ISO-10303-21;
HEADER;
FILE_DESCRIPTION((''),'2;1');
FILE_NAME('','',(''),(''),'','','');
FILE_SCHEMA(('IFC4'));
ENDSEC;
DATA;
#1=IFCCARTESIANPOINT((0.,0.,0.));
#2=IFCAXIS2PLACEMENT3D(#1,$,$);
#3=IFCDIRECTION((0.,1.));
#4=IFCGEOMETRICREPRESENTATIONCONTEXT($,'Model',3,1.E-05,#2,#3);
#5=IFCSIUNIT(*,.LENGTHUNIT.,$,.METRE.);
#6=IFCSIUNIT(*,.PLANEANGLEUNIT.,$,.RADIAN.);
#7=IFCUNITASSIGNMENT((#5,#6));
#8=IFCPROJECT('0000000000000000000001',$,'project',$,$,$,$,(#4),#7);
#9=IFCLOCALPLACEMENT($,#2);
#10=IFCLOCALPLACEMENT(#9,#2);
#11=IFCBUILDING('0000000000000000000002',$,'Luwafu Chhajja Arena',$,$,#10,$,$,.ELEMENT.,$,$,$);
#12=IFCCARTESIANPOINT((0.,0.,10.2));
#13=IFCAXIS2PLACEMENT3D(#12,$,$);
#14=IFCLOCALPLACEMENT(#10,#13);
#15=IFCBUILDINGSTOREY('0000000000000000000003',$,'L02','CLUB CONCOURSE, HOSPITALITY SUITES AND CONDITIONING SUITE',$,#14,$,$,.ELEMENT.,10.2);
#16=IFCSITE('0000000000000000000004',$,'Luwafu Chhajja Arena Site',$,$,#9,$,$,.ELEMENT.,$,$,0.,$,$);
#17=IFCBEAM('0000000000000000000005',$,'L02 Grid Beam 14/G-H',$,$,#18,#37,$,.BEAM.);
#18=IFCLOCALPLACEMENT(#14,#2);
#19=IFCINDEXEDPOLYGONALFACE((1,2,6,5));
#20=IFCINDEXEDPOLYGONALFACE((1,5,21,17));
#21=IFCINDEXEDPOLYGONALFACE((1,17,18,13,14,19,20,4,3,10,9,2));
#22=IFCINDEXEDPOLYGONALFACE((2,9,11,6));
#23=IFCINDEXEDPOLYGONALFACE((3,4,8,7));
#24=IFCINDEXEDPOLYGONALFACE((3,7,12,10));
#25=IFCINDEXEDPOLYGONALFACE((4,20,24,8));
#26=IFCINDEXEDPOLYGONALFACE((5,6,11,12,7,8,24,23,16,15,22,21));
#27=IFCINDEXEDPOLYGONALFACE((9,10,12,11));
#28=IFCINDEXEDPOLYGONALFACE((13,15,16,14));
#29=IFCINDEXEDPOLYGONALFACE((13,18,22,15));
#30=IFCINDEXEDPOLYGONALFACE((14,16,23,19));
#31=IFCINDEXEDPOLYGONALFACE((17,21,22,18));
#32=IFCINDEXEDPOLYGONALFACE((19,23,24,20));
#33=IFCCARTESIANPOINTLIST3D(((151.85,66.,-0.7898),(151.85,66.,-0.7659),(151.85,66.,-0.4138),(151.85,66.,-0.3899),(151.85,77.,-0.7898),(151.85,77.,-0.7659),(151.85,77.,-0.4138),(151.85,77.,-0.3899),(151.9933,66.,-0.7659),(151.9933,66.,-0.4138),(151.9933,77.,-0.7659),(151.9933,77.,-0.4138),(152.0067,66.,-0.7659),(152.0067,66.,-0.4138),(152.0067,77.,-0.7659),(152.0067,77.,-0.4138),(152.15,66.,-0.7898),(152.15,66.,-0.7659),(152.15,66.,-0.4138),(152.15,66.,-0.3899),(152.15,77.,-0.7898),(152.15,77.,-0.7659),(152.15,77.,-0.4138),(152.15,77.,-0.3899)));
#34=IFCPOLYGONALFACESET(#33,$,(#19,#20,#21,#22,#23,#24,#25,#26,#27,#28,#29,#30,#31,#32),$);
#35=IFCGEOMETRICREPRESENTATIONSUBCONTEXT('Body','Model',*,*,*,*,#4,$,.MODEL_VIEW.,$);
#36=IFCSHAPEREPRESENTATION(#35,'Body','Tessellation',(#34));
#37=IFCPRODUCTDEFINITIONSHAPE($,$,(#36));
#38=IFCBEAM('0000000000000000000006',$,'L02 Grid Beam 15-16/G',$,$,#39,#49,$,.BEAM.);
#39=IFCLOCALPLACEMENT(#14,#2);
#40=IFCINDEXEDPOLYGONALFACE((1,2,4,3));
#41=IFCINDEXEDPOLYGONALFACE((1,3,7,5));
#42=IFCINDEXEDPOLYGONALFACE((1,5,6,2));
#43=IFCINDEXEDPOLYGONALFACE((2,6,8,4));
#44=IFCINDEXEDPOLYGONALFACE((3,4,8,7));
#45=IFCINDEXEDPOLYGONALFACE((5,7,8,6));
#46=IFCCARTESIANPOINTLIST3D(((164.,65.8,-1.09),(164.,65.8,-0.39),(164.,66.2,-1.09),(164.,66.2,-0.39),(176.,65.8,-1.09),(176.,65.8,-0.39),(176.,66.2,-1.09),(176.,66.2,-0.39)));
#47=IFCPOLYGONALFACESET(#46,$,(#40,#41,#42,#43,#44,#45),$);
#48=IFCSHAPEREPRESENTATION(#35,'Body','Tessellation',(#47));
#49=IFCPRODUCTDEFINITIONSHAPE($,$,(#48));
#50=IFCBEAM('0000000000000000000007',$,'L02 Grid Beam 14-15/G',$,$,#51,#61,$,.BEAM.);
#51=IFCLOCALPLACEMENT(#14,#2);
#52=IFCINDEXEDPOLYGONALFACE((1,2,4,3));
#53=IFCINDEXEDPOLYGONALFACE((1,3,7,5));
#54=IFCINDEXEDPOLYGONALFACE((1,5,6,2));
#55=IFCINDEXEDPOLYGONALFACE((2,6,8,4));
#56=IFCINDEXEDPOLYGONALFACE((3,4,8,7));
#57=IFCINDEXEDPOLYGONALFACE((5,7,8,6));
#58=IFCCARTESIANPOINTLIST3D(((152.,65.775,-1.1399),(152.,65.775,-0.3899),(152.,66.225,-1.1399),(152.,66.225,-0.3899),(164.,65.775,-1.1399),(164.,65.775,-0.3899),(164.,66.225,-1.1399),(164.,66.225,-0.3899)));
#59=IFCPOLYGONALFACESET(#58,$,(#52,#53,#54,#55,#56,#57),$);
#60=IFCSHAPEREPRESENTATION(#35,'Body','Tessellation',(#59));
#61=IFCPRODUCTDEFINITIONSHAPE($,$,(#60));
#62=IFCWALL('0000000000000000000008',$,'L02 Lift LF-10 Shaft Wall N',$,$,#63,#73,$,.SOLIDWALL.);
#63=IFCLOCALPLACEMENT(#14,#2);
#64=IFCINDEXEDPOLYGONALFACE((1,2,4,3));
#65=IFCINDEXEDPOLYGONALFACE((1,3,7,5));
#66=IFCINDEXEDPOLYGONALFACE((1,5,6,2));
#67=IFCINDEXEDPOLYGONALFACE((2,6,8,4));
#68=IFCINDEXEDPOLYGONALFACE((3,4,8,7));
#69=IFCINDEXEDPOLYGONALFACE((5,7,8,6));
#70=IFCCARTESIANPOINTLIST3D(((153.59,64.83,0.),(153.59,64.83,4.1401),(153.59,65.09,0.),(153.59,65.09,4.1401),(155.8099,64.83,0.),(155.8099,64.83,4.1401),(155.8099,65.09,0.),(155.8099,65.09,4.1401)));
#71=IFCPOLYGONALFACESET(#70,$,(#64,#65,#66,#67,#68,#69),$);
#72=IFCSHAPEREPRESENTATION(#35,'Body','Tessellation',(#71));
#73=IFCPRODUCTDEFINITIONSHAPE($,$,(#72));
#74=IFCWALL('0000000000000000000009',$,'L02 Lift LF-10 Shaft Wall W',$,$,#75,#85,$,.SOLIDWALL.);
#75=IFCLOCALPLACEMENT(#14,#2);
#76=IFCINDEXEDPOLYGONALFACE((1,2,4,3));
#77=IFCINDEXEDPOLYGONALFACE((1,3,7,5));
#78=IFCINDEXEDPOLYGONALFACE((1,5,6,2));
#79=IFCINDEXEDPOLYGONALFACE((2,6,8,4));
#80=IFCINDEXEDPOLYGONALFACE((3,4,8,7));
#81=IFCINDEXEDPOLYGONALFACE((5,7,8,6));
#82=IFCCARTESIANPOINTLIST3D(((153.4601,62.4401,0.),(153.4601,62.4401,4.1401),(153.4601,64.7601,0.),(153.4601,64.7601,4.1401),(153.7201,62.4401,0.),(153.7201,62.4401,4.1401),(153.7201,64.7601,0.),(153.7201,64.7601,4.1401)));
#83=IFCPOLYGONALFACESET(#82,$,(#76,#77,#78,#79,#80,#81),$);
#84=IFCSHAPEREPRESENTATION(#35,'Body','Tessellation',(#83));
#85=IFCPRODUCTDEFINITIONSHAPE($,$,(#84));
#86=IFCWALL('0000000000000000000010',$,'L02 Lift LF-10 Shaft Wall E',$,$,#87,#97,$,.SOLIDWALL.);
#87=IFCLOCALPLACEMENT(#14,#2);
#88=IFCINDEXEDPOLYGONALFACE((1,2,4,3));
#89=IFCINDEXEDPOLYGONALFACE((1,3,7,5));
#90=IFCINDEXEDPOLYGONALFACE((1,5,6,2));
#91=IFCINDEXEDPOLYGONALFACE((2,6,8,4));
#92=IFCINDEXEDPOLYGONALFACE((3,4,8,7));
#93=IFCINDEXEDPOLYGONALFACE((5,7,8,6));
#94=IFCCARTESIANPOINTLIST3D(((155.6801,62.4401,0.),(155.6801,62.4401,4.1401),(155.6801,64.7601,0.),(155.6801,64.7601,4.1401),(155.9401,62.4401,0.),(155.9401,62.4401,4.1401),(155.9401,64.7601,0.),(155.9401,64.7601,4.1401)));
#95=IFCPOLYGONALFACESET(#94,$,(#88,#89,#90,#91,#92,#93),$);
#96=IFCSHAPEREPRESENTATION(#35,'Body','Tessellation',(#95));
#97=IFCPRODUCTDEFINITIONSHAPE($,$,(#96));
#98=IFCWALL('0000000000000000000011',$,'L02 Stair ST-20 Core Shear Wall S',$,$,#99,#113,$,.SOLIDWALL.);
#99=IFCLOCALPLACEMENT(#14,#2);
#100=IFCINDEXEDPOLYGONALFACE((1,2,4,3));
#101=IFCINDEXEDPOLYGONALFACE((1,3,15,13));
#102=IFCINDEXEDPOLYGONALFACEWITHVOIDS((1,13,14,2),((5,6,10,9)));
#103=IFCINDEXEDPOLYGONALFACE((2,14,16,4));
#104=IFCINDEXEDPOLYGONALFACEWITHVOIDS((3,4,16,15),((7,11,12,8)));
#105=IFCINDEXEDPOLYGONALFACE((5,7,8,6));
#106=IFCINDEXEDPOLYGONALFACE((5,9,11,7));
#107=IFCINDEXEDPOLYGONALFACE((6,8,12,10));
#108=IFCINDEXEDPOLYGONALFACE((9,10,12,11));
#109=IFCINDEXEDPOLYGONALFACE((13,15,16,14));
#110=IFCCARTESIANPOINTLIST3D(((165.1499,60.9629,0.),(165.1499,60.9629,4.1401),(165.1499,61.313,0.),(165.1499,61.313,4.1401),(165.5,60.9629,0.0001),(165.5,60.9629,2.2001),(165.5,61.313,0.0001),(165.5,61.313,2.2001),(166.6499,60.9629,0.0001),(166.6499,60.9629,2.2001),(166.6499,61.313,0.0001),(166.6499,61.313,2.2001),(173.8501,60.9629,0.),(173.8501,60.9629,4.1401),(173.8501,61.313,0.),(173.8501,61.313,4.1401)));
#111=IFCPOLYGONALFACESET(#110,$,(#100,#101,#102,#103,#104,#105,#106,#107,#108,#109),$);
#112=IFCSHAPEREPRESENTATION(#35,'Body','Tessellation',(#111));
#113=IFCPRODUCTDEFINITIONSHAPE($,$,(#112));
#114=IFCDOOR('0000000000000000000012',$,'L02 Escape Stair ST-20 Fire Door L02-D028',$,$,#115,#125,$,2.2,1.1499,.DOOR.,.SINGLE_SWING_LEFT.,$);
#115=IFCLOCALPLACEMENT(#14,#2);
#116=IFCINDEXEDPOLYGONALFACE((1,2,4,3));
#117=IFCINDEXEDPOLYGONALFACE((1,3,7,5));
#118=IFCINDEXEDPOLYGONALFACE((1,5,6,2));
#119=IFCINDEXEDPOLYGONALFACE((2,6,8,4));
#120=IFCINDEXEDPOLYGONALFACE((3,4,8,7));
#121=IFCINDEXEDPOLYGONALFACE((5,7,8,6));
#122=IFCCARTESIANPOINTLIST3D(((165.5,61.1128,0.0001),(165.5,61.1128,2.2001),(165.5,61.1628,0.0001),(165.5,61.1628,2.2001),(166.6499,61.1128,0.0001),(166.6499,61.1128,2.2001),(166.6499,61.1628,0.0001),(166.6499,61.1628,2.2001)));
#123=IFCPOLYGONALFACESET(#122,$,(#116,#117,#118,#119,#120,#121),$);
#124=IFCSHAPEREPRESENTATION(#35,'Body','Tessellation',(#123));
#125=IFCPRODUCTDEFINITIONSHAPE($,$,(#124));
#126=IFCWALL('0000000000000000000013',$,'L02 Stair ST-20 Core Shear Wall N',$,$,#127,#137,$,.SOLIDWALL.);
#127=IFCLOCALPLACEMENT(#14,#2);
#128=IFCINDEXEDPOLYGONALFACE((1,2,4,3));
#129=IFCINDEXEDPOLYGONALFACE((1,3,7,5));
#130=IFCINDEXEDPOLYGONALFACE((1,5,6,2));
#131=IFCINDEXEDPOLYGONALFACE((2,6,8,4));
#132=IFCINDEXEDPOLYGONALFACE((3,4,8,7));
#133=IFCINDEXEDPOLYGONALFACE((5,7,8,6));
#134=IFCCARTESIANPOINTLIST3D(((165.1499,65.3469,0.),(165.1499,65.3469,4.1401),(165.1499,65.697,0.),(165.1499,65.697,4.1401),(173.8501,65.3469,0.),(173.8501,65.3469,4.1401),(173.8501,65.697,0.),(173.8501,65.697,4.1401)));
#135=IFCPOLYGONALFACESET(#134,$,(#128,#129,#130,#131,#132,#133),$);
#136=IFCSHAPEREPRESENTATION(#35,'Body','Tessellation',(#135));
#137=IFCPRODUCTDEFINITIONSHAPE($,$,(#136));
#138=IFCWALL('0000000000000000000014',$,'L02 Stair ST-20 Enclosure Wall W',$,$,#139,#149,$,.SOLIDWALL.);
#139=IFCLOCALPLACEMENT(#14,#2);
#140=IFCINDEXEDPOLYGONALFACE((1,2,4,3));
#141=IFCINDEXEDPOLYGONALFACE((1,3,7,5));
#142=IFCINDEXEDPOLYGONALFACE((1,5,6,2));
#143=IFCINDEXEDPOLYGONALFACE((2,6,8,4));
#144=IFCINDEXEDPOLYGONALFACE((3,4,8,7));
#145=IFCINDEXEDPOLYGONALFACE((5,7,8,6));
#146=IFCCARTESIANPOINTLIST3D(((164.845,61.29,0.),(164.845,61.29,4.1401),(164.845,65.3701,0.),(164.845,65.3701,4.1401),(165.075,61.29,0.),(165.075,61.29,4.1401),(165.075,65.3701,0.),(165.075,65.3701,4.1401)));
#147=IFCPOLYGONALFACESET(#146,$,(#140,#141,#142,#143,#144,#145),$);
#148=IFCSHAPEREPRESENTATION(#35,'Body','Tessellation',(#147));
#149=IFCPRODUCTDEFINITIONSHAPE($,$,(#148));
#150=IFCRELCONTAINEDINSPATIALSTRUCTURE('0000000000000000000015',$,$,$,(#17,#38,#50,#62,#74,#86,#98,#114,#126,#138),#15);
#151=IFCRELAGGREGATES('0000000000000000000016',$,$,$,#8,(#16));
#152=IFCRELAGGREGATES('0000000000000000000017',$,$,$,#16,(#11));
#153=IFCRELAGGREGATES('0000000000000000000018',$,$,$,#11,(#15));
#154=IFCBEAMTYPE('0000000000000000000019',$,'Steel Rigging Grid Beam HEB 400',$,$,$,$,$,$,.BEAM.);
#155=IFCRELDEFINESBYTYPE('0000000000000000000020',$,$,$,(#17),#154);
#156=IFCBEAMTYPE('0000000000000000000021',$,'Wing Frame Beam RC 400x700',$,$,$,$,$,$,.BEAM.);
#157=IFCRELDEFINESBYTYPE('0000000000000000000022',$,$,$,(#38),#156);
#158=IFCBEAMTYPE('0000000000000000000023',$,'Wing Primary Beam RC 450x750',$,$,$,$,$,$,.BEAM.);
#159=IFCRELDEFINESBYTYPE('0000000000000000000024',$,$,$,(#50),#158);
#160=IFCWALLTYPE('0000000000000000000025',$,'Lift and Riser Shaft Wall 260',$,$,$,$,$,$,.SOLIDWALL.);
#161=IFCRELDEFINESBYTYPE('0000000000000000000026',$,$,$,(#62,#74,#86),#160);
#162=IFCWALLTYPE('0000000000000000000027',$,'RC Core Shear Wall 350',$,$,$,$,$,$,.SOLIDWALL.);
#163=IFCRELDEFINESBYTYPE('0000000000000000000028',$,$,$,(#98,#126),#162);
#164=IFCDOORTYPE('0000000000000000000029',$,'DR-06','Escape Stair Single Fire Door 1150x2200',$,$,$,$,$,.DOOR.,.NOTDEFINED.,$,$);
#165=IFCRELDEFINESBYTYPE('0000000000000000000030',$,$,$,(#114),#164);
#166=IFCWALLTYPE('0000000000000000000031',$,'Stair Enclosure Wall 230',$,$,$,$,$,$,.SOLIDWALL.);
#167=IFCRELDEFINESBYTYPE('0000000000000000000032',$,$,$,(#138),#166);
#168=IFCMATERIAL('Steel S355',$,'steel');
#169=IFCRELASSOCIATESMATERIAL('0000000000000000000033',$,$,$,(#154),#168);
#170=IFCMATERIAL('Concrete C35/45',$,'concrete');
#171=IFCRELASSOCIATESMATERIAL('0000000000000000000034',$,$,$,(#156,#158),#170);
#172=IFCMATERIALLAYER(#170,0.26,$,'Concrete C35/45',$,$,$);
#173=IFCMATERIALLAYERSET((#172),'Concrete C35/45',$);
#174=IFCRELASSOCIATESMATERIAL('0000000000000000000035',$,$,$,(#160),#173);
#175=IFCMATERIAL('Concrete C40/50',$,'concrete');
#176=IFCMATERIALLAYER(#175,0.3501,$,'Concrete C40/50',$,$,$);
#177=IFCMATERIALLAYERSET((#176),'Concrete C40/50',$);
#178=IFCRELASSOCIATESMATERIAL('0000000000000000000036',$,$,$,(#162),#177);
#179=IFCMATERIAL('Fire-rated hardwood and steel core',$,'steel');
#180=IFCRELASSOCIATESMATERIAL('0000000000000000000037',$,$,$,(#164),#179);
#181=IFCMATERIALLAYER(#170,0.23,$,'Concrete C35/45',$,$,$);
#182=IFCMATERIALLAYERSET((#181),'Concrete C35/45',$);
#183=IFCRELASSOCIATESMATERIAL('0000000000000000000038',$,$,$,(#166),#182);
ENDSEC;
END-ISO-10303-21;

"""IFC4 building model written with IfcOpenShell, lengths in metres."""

from ifc_helpers import new_model, si_unit, direction, frame, frame_2d, origin, origin_2d, place, context, subcontext, project, spatial, rectangle, i_section, extrude, material, layer, layer_set, material_profile, profile_set, type_object, element, fill, save


model = new_model("IFC4")

# Units and contexts
model_context = context("Model", 3, precision=1e-05, world=origin(), true_north=direction((0.0, 1.0)))
body_context = subcontext(model_context, "Body", "Model", "MODEL_VIEW")
ifc_project = project(units=[si_unit("LENGTHUNIT", "METRE"), si_unit("PLANEANGLEUNIT", "RADIAN")], contexts=[model_context])

# Site, building, storey
site_placement = place(None, origin())
site = spatial("IfcSite", under=ifc_project, at=site_placement, Name="Luwafu Chhajja Arena Site", CompositionType="ELEMENT", RefElevation=0.0)
building_placement = place(site_placement, origin())
building = spatial("IfcBuilding", under=site, at=building_placement, Name="Luwafu Chhajja Arena", CompositionType="ELEMENT")
storey_placement = place(building_placement, frame((0.0, 0.0, 10.2)))
storey = spatial("IfcBuildingStorey", under=building, at=storey_placement, Name="L02", Description="CLUB CONCOURSE, HOSPITALITY SUITES AND CONDITIONING SUITE", CompositionType="ELEMENT", Elevation=10.2)

# Shared definitions
ifc_material_1 = material(Name="Concrete C35/45", Category="concrete")

# Beams
ifc_material_2 = material(Name="Steel S355", Category="steel")
ifc_material_profile_1 = material_profile(ifc_material_2, i_section(OverallWidth=0.3, OverallDepth=0.3999, WebThickness=0.0134, FlangeThickness=0.0239, at=origin_2d()), Name="HEB 400")
ifc_profile_set_1 = profile_set([ifc_material_profile_1], Name="Steel S355")
beam_type_1 = type_object("IfcBeamType", Name="Steel Rigging Grid Beam HEB 400", PredefinedType="BEAM", material=ifc_profile_set_1)
beam_1_placement = place(storey_placement, frame((152.0, 66.0, -0.5898), z_axis=(0.0, 1.0, 0.0), x_axis=(-1.0, 0.0, 0.0)))
element("IfcBeam", 1, at=beam_1_placement, inside=storey, type_object=beam_type_1, Name="L02 Grid Beam 14/G-H", PredefinedType="BEAM", context=body_context, shape_type="SweptSolid", body=[
    extrude(i_section(OverallWidth=0.3, OverallDepth=0.3999, WebThickness=0.0134, FlangeThickness=0.0239, at=origin_2d()), origin(), (0.0, 0.0, 1.0), 11.0),
])
ifc_material_profile_2 = material_profile(ifc_material_1, rectangle(XDim=0.3999, YDim=0.7, at=origin_2d()), Name="RC 400x700")
ifc_profile_set_2 = profile_set([ifc_material_profile_2], Name="Concrete C35/45")
beam_type_2 = type_object("IfcBeamType", Name="Wing Frame Beam RC 400x700", PredefinedType="BEAM", material=ifc_profile_set_2)
beam_2_placement = place(storey_placement, frame((164.0, 66.0, -0.74), z_axis=(1.0, 0.0, 0.0), x_axis=(0.0, 1.0, 0.0)))
element("IfcBeam", 2, at=beam_2_placement, inside=storey, type_object=beam_type_2, Name="L02 Grid Beam 15-16/G", PredefinedType="BEAM", context=body_context, shape_type="SweptSolid", body=[
    extrude(rectangle(XDim=0.3999, YDim=0.7, at=origin_2d()), origin(), (0.0, 0.0, 1.0), 12.0),
])
ifc_material_profile_3 = material_profile(ifc_material_1, rectangle(XDim=0.45, YDim=0.75, at=origin_2d()), Name="RC 450x750")
ifc_profile_set_3 = profile_set([ifc_material_profile_3], Name="Concrete C35/45")
beam_type_3 = type_object("IfcBeamType", Name="Wing Primary Beam RC 450x750", PredefinedType="BEAM", material=ifc_profile_set_3)
beam_3_placement = place(storey_placement, frame((152.0, 66.0, -0.7649), z_axis=(1.0, 0.0, 0.0), x_axis=(0.0, 1.0, 0.0)))
element("IfcBeam", 3, at=beam_3_placement, inside=storey, type_object=beam_type_3, Name="L02 Grid Beam 14-15/G", PredefinedType="BEAM", context=body_context, shape_type="SweptSolid", body=[
    extrude(rectangle(XDim=0.45, YDim=0.75, at=origin_2d()), origin(), (0.0, 0.0, 1.0), 12.0),
])

# Shared definitions
ifc_layer_1 = layer(ifc_material_1, 0.26, Name="Concrete C35/45")
ifc_layer_set_1 = layer_set([ifc_layer_1], Name="Concrete C35/45")
wall_type_1 = type_object("IfcWallType", Name="Lift and Riser Shaft Wall 260", PredefinedType="SOLIDWALL", material=ifc_layer_set_1)

# Walls
wall_1_placement = place(storey_placement, frame((153.5901, 64.96, 0.0), z_axis=(0.0, 0.0, 1.0), x_axis=(1.0, 0.0, 0.0)))
element("IfcWall", 4, at=wall_1_placement, inside=storey, type_object=wall_type_1, Name="L02 Lift LF-10 Shaft Wall N", PredefinedType="SOLIDWALL", context=body_context, shape_type="SweptSolid", body=[
    extrude(rectangle(XDim=2.22, YDim=0.26, at=frame_2d((1.1099, 0.0))), origin(), (0.0, 0.0, 1.0), 4.1401),
])
for number, where, z_axis, x_axis, name in (
    (5, (153.5901, 62.4399, 0.0), (0.0, 0.0, 1.0), (0.0, 1.0, 0.0), "L02 Lift LF-10 Shaft Wall W"),
    (6, (155.8101, 62.4399, 0.0), (0.0, 0.0, 1.0), (0.0, 1.0, 0.0), "L02 Lift LF-10 Shaft Wall E"),
):
    element("IfcWall", number, at=place(storey_placement, frame(where, z_axis=z_axis, x_axis=x_axis)), inside=storey, type_object=wall_type_1, Name=name, PredefinedType="SOLIDWALL", context=body_context, shape_type="SweptSolid", body=[
        extrude(rectangle(XDim=2.3201, YDim=0.26, at=frame_2d((1.1602, 0.0))), origin(), (0.0, 0.0, 1.0), 4.1401),
    ])

# Wall, opening, door
ifc_material_3 = material(Name="Concrete C40/50", Category="concrete")
ifc_layer_2 = layer(ifc_material_3, 0.3501, Name="Concrete C40/50")
ifc_layer_set_2 = layer_set([ifc_layer_2], Name="Concrete C40/50")
wall_type_2 = type_object("IfcWallType", Name="RC Core Shear Wall 350", PredefinedType="SOLIDWALL", material=ifc_layer_set_2)
wall_2_placement = place(storey_placement, frame((165.1499, 61.1379, 0.0), z_axis=(0.0, 0.0, 1.0), x_axis=(1.0, 0.0, 0.0)))
wall_2 = element("IfcWall", 7, at=wall_2_placement, inside=storey, type_object=wall_type_2, Name="L02 Stair ST-20 Core Shear Wall S", PredefinedType="SOLIDWALL", context=body_context, shape_type="SweptSolid", body=[
    extrude(rectangle(XDim=8.7002, YDim=0.3501, at=frame_2d((4.3501, 0.0))), origin(), (0.0, 0.0, 1.0), 4.1401),
])
opening_1_placement = place(wall_2_placement, frame((0.3501, 0.0, 0.0)))
opening_1 = element("IfcOpeningElement", 8, at=opening_1_placement, cuts=wall_2, PredefinedType="OPENING", context=body_context, shape_type="SweptSolid", body=[
    extrude(rectangle(XDim=1.1499, YDim=2.2, at=frame_2d((0.575, 1.1001))), frame((0.0, 0.1851, 0.0), z_axis=(0.0, -1.0, 0.0), x_axis=(1.0, 0.0, 0.0)), (0.0, 0.0, 1.0), 0.3701),
])
ifc_material_4 = material(Name="Fire-rated hardwood and steel core", Category="steel")
door_type_1 = type_object("IfcDoorType", Name="DR-06", Description="Escape Stair Single Fire Door 1150x2200", OperationType="NOTDEFINED", PredefinedType="DOOR", material=ifc_material_4)
door_1_placement = place(opening_1_placement, origin())
door_1 = element("IfcDoor", 9, at=door_1_placement, inside=storey, type_object=door_type_1, Name="L02 Escape Stair ST-20 Fire Door L02-D028", OperationType="SINGLE_SWING_LEFT", OverallHeight=2.2, OverallWidth=1.1499, PredefinedType="DOOR", context=body_context, shape_type="SweptSolid", body=[
    extrude(rectangle(XDim=1.1499, YDim=2.2, at=frame_2d((0.575, 1.1001))), frame((0.0, 0.0249, 0.0), z_axis=(0.0, -1.0, 0.0), x_axis=(1.0, 0.0, 0.0)), (0.0, 0.0, 1.0), 0.05),
])
fill(opening_1, door_1)

# Walls
wall_3_placement = place(storey_placement, frame((165.1499, 65.522, 0.0), z_axis=(0.0, 0.0, 1.0), x_axis=(1.0, 0.0, 0.0)))
element("IfcWall", 10, at=wall_3_placement, inside=storey, type_object=wall_type_2, Name="L02 Stair ST-20 Core Shear Wall N", PredefinedType="SOLIDWALL", context=body_context, shape_type="SweptSolid", body=[
    extrude(rectangle(XDim=8.7002, YDim=0.3501, at=frame_2d((4.3501, 0.0))), origin(), (0.0, 0.0, 1.0), 4.1401),
])
ifc_layer_3 = layer(ifc_material_1, 0.23, Name="Concrete C35/45")
ifc_layer_set_3 = layer_set([ifc_layer_3], Name="Concrete C35/45")
wall_type_3 = type_object("IfcWallType", Name="Stair Enclosure Wall 230", PredefinedType="SOLIDWALL", material=ifc_layer_set_3)
wall_4_placement = place(storey_placement, frame((164.96, 61.29, 0.0), z_axis=(0.0, 0.0, 1.0), x_axis=(0.0, 1.0, 0.0)))
element("IfcWall", 11, at=wall_4_placement, inside=storey, type_object=wall_type_3, Name="L02 Stair ST-20 Enclosure Wall W", PredefinedType="SOLIDWALL", context=body_context, shape_type="SweptSolid", body=[
    extrude(rectangle(XDim=4.0801, YDim=0.23, at=frame_2d((2.04, 0.0))), origin(), (0.0, 0.0, 1.0), 4.1401),
])

save(model, "model.ifc")
